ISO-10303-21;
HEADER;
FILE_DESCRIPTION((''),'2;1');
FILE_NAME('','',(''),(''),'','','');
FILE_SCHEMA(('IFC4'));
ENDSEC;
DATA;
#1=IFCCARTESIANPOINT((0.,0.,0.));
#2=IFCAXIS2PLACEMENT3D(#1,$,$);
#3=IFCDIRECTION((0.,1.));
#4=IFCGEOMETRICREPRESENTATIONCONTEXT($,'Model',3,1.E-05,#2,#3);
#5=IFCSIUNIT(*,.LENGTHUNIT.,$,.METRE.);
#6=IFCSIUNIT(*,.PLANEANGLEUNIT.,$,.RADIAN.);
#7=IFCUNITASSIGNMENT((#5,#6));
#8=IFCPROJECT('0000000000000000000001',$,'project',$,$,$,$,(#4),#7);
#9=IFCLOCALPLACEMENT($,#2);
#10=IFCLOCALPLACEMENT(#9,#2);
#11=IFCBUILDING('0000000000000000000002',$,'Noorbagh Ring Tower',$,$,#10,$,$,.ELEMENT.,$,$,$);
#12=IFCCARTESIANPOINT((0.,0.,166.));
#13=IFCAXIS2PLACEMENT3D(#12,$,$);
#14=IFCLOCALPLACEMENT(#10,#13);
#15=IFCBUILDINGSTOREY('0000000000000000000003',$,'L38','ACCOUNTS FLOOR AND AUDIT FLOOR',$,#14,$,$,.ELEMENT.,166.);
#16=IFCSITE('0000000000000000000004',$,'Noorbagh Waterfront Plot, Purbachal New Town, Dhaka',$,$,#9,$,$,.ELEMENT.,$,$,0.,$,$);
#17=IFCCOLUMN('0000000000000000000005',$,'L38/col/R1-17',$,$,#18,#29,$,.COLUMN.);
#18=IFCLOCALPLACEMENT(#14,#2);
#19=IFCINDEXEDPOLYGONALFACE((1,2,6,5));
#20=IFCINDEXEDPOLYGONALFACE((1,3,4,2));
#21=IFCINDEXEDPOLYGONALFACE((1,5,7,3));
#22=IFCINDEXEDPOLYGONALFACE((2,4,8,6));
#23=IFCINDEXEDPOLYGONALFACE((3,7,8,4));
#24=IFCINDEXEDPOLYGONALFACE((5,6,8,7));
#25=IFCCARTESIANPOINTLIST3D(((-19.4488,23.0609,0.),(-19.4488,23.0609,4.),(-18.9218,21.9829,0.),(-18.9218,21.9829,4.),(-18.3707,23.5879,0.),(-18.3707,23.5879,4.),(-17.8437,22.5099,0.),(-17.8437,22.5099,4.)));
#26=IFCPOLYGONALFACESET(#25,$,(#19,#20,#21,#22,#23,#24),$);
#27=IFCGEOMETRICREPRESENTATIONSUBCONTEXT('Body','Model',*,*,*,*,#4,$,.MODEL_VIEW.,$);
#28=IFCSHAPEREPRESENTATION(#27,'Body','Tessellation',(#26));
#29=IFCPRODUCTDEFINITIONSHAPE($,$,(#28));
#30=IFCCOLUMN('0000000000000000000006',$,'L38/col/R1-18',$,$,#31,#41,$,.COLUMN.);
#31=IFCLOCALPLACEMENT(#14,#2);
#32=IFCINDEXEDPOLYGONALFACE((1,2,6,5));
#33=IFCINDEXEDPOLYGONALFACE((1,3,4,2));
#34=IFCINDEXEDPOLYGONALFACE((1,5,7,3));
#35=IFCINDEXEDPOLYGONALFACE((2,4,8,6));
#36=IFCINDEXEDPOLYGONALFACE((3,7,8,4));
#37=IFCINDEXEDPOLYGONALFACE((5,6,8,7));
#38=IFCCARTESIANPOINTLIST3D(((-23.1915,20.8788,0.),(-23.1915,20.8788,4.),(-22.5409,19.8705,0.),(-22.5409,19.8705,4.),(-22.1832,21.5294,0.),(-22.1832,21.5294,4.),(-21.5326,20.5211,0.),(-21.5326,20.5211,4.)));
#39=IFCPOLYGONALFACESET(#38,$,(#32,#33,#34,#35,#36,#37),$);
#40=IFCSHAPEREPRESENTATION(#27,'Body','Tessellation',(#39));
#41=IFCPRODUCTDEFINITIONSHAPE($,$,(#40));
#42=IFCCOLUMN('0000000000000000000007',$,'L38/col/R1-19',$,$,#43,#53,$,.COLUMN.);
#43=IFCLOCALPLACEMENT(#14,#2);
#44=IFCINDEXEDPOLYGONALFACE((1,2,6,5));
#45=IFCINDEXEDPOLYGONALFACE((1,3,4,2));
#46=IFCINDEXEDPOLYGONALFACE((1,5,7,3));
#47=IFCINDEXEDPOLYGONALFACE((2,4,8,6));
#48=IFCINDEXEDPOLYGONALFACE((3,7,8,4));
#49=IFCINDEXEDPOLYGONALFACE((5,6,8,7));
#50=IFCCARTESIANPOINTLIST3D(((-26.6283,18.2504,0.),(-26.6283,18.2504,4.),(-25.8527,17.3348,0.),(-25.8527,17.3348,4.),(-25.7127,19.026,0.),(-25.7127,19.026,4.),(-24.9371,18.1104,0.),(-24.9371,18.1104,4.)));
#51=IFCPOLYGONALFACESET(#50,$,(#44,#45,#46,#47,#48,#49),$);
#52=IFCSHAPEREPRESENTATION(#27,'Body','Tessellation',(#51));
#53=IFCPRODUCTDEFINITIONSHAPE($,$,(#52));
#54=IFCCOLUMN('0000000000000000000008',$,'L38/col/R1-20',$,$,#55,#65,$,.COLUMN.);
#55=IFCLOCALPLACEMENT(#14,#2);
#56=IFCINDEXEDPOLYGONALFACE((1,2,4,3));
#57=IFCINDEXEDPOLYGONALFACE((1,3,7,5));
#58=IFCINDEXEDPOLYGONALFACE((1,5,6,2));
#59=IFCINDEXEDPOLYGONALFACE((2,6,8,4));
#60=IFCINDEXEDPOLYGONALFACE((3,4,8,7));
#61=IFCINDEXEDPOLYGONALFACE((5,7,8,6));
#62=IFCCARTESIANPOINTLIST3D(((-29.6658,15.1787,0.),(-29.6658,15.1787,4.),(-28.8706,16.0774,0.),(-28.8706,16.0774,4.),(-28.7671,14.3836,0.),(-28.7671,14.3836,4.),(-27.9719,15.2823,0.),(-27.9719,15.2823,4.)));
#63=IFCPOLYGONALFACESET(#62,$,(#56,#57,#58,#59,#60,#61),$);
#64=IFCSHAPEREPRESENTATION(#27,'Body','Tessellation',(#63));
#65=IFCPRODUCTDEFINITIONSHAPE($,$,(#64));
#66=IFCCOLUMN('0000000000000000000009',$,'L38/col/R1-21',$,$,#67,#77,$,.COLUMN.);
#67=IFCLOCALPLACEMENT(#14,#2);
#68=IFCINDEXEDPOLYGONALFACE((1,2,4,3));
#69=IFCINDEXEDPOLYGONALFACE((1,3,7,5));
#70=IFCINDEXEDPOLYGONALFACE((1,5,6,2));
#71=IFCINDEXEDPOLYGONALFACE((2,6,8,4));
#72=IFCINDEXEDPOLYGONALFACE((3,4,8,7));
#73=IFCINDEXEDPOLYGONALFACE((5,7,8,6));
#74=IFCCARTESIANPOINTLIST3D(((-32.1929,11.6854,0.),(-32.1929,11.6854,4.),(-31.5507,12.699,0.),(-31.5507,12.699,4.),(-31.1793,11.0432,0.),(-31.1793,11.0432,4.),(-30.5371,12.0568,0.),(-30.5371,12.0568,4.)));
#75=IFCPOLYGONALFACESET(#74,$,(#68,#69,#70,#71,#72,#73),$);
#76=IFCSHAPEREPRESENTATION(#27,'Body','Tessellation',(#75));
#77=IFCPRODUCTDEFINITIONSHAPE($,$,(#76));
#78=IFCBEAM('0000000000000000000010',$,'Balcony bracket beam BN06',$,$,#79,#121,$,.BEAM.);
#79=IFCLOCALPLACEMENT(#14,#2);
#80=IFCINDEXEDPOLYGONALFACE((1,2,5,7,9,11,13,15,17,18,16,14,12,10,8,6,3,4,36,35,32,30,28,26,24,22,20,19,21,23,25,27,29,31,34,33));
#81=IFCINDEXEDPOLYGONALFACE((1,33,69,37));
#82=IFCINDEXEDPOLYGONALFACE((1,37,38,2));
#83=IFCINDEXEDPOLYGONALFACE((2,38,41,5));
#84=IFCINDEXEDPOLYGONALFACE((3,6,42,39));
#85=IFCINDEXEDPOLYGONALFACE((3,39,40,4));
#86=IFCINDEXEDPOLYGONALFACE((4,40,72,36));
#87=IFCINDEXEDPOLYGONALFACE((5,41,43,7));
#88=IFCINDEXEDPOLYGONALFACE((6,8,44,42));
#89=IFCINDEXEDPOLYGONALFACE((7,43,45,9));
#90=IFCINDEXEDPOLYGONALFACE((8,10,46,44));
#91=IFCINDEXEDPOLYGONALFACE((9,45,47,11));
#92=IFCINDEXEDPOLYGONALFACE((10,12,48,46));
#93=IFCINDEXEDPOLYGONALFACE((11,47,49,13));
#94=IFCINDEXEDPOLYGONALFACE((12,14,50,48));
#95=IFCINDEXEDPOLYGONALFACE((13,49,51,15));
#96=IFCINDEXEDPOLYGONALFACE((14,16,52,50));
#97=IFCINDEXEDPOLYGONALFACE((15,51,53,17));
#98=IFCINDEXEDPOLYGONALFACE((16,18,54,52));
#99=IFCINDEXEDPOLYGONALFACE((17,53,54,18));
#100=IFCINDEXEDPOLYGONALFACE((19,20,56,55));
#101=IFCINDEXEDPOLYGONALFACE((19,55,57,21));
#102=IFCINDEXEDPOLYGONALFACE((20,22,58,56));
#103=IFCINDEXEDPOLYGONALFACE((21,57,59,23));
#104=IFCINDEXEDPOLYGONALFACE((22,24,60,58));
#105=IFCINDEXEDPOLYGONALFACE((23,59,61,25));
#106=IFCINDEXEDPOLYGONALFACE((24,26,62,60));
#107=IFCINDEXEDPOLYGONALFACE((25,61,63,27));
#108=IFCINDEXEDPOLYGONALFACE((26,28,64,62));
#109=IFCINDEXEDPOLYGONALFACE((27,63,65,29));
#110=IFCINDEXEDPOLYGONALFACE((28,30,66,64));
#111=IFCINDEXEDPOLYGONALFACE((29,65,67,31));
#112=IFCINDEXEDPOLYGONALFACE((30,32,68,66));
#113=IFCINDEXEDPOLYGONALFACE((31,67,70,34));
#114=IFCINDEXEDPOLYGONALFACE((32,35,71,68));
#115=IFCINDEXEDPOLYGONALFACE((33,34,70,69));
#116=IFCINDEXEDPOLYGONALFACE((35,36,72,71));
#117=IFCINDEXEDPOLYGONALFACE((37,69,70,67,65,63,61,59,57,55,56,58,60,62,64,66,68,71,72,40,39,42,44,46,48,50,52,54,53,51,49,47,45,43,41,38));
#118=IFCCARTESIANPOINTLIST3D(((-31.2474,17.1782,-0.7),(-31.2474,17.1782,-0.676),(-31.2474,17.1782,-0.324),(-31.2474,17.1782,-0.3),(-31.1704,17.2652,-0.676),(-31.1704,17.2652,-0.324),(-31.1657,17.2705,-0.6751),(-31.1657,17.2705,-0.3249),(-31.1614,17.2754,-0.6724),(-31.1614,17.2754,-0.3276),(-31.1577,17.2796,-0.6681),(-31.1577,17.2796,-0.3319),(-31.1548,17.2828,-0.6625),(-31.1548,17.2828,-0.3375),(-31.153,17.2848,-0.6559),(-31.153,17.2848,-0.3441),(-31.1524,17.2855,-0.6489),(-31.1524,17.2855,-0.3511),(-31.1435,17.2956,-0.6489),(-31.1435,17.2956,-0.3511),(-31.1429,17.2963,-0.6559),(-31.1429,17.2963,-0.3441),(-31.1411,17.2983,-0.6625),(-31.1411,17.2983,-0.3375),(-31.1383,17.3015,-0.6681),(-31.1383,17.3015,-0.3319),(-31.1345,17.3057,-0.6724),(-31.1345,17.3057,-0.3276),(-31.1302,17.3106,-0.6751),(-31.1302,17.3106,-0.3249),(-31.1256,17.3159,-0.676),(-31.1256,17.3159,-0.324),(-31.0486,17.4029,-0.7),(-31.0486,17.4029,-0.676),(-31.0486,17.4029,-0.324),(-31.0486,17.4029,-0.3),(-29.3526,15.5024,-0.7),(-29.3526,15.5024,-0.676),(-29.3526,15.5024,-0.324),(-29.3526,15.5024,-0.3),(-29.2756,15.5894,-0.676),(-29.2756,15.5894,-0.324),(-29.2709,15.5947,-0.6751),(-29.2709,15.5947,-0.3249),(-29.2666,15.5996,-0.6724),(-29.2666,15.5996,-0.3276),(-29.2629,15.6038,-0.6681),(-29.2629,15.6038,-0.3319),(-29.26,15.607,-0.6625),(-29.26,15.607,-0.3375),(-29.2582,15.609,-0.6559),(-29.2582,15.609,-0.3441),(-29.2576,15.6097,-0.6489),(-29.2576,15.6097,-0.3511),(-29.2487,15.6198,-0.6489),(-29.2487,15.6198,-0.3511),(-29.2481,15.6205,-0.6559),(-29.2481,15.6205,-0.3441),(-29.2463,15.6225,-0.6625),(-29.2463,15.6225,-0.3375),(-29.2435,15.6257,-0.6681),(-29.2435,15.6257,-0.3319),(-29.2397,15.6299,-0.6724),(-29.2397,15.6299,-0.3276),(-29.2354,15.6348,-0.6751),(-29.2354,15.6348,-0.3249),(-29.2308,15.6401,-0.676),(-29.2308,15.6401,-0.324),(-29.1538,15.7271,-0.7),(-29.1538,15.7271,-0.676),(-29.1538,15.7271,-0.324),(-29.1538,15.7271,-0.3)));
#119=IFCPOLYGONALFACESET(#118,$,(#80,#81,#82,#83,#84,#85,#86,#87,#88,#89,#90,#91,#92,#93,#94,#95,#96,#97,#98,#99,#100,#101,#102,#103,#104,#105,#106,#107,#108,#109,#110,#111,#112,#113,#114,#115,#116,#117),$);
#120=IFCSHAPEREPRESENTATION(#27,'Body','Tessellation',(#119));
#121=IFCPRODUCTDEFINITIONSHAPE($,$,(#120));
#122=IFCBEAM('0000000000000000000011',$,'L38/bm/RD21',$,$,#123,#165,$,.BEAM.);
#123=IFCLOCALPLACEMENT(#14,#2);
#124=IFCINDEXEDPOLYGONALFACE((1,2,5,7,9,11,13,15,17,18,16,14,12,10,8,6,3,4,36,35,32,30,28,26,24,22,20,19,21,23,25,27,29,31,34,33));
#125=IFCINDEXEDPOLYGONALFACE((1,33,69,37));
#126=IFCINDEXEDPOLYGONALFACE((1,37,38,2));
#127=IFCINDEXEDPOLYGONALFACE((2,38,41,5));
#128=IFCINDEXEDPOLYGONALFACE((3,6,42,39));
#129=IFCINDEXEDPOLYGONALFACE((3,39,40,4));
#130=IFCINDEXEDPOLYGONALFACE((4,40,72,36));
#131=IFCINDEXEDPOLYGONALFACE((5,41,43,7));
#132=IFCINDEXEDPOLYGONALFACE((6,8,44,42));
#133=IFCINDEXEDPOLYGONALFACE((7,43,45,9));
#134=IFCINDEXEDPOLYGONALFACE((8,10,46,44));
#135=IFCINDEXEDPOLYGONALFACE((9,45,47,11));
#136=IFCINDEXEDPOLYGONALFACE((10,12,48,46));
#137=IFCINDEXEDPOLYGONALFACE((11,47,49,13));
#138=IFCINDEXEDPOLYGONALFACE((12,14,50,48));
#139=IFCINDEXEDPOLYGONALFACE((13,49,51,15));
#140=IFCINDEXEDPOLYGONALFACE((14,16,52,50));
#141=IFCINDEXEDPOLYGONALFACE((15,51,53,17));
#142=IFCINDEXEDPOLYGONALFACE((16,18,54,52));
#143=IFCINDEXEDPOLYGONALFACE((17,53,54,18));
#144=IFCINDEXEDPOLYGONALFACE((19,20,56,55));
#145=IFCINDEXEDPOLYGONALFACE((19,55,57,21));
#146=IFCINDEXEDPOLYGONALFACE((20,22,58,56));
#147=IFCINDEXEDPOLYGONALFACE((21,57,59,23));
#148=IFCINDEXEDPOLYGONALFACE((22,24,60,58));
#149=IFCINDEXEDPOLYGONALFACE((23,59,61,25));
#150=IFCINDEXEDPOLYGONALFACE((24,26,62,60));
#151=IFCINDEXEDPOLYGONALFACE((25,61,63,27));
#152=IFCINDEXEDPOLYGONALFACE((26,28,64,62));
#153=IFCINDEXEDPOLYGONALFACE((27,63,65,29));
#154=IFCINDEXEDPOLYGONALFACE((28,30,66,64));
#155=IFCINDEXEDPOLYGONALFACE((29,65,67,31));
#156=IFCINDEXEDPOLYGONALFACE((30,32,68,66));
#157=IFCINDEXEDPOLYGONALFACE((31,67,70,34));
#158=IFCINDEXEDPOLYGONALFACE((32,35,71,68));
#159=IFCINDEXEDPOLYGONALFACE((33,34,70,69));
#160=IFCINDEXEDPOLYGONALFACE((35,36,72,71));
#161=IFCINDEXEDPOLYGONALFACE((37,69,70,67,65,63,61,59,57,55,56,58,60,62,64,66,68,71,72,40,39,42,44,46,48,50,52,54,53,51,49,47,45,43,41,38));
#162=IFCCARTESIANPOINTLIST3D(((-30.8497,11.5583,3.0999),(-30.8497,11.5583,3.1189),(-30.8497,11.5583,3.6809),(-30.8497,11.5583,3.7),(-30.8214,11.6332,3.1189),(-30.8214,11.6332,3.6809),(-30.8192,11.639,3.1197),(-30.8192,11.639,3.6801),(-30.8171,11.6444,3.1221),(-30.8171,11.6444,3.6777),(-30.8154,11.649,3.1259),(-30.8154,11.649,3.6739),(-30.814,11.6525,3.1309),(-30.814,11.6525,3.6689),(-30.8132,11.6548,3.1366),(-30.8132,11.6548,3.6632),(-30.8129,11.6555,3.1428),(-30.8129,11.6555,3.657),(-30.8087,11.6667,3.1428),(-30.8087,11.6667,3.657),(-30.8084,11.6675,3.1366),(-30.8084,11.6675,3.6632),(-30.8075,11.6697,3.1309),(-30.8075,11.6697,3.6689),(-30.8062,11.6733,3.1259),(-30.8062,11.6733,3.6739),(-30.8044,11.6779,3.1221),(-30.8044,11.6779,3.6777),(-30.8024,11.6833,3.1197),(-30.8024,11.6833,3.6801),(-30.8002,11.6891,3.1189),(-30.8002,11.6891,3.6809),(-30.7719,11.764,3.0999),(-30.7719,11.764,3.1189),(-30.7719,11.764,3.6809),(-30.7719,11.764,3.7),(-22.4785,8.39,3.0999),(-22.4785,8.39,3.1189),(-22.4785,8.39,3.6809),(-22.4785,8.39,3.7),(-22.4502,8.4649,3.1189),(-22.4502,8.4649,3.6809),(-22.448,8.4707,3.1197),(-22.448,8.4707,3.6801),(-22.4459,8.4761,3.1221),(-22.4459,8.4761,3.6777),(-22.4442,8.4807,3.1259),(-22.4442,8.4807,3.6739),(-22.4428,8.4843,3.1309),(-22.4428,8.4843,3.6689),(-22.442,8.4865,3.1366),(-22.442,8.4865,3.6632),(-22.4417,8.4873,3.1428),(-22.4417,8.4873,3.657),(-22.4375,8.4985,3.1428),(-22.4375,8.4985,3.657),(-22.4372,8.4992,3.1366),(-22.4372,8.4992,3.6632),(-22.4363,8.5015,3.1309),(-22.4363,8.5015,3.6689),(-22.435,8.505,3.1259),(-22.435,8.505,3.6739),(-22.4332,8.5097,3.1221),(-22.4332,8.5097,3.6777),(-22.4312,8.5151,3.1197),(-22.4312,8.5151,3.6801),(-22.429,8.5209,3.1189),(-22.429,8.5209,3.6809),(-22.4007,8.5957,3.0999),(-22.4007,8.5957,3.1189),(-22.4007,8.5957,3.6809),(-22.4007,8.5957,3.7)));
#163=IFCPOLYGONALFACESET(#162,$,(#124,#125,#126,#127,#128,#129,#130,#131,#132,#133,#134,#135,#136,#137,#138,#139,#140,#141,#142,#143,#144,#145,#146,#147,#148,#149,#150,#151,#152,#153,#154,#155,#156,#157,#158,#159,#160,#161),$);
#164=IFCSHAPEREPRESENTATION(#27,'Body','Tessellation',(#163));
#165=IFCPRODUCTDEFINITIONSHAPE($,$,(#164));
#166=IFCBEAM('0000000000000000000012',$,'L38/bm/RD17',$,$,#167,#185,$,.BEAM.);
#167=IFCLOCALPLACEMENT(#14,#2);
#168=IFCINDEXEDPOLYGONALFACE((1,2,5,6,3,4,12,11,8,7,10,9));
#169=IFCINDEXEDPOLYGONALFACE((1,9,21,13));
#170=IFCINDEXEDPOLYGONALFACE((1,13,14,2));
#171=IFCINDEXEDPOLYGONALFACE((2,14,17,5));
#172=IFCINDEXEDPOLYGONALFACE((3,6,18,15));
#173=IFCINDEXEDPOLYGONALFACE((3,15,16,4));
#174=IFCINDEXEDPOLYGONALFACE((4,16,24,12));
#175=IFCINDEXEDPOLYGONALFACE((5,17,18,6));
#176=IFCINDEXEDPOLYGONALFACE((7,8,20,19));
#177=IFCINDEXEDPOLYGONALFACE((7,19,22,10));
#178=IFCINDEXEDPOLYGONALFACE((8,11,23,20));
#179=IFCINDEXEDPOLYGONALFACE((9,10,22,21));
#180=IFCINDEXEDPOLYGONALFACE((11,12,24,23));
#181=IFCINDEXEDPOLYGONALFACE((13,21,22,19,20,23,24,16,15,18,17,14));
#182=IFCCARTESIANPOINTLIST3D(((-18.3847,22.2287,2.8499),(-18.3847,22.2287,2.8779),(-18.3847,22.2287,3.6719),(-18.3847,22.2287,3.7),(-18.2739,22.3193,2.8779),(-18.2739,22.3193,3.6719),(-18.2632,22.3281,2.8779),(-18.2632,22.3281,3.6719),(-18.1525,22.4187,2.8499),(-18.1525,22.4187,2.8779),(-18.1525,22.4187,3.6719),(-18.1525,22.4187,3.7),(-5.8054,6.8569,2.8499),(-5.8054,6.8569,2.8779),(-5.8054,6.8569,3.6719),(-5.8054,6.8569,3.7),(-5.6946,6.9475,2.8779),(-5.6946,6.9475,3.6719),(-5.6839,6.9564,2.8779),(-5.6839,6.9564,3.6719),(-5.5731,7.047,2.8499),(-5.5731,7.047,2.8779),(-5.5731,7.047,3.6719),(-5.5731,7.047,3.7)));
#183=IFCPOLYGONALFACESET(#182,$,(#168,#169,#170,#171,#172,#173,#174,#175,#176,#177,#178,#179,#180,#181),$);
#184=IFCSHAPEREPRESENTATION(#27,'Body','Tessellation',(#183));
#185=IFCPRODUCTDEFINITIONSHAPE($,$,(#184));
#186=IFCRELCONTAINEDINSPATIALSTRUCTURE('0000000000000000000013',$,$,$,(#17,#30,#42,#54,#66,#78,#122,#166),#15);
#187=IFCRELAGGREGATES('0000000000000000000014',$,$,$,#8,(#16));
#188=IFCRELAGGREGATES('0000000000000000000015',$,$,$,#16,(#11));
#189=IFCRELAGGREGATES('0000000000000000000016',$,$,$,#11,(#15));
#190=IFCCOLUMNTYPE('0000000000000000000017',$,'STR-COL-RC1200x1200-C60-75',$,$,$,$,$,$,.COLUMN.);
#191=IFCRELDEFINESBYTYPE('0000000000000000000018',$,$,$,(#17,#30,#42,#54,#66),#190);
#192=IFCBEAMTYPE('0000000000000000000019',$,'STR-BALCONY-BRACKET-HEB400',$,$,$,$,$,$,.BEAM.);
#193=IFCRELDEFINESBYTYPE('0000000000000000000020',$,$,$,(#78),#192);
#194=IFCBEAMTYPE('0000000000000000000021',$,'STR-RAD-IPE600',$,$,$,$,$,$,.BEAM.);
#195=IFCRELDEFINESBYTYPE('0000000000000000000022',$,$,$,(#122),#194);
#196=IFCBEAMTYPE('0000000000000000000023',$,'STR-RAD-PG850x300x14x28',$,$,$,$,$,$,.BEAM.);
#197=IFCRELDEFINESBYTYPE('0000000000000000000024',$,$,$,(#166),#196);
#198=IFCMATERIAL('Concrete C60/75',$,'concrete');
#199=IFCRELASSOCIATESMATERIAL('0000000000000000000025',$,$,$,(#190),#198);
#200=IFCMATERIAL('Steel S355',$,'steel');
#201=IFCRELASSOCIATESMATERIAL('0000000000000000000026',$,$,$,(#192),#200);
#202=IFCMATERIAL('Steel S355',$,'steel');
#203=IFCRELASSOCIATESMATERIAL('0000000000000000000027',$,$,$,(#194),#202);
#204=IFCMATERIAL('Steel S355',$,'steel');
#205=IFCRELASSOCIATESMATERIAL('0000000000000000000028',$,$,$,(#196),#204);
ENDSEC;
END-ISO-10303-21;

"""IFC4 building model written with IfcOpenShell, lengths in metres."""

from ifc_helpers import new_model, si_unit, direction, frame, origin, origin_2d, place, context, subcontext, project, spatial, rectangle, i_section, extrude, material, material_profile, profile_set, type_object, element, save


model = new_model("IFC4")

# Units and contexts
model_context = context("Model", 3, precision=1e-05, world=origin(), true_north=direction((0.0, 1.0)))
body_context = subcontext(model_context, "Body", "Model", "MODEL_VIEW")
ifc_project = project(units=[si_unit("LENGTHUNIT", "METRE"), si_unit("PLANEANGLEUNIT", "RADIAN")], contexts=[model_context])

# Site, building, storey
site_placement = place(None, origin())
site = spatial("IfcSite", under=ifc_project, at=site_placement, Name="Noorbagh Waterfront Plot, Purbachal New Town, Dhaka", CompositionType="ELEMENT", RefElevation=0.0)
building_placement = place(site_placement, origin())
building = spatial("IfcBuilding", under=site, at=building_placement, Name="Noorbagh Ring Tower", CompositionType="ELEMENT")
storey_placement = place(building_placement, frame((0.0, 0.0, 166.0)))
storey = spatial("IfcBuildingStorey", under=building, at=storey_placement, Name="L38", Description="ACCOUNTS FLOOR AND AUDIT FLOOR", CompositionType="ELEMENT", Elevation=166.0)

# Columns
ifc_material_1 = material(Name="Concrete C60/75", Category="concrete")
ifc_material_profile_1 = material_profile(ifc_material_1, rectangle(XDim=1.2, YDim=1.2, at=origin_2d()), Name="RC1200x1200")
ifc_profile_set_1 = profile_set([ifc_material_profile_1], Name="Concrete C60/75")
column_type = type_object("IfcColumnType", Name="STR-COL-RC1200x1200-C60-75", PredefinedType="COLUMN", material=ifc_profile_set_1)
for number, where, z_axis, x_axis, name in (
    (1, (-18.6462, 22.7854, 0.0), (0.0, 0.0, 1.0), (-0.898399, -0.43918, 0.0), "L38/col/R1-17"),
    (2, (-22.3621, 20.7, 0.0), (0.0, 0.0, 1.0), (-0.840248, -0.542203, 0.0), "L38/col/R1-18"),
    (3, (-25.7827, 18.1804, 0.0), (0.0, 0.0, 1.0), (-0.763035, -0.646357, 0.0), "L38/col/R1-19"),
    (4, (-28.8188, 15.2305, 0.0), (0.0, 0.0, 1.0), (-0.662636, -0.748942, 0.0), "L38/col/R1-20"),
    (5, (-31.365, 11.8711, 0.0), (0.0, 0.0, 1.0), (-0.53519, -0.844731, 0.0), "L38/col/R1-21"),
):
    element("IfcColumn", number, at=place(storey_placement, frame(where, z_axis=z_axis, x_axis=x_axis)), inside=storey, type_object=column_type, Name=name, PredefinedType="COLUMN", context=body_context, shape_type="SweptSolid", body=[
        extrude(rectangle(XDim=1.2, YDim=1.2, at=origin_2d()), origin(), (0.0, 0.0, 1.0), 4.0),
    ])

# Beams
ifc_material_2 = material(Name="Steel S355", Category="steel")
ifc_material_profile_2 = material_profile(ifc_material_2, i_section(OverallWidth=0.3, OverallDepth=0.3999, WebThickness=0.0134, FlangeThickness=0.0239, FilletRadius=0.0271, at=origin_2d()), Name="HEB400")
ifc_profile_set_2 = profile_set([ifc_material_profile_2], Name="Steel S355")
beam_type_1 = type_object("IfcBeamType", Name="STR-BALCONY-BRACKET-HEB400", PredefinedType="BEAM", material=ifc_profile_set_2)
beam_1_placement = place(storey_placement, frame((-29.2532, 15.6147, -0.5), z_axis=(-0.749068, 0.662493, 0.0), x_axis=(-0.662493, -0.749068, 0.0)))
element("IfcBeam", 6, at=beam_1_placement, inside=storey, type_object=beam_type_1, Name="Balcony bracket beam BN06", PredefinedType="BEAM", context=body_context, shape_type="SweptSolid", body=[
    extrude(i_section(OverallWidth=0.3, OverallDepth=0.3999, WebThickness=0.0134, FlangeThickness=0.0239, FilletRadius=0.0271, at=origin_2d()), origin(), (0.0, 0.0, 1.0), 2.5295),
])
ifc_material_3 = material(Name="Steel S355", Category="steel")
ifc_material_profile_3 = material_profile(ifc_material_3, i_section(OverallWidth=0.22, OverallDepth=0.6001, WebThickness=0.012, FlangeThickness=0.019, FilletRadius=0.0239, at=origin_2d()), Name="IPE600")
ifc_profile_set_3 = profile_set([ifc_material_profile_3], Name="Steel S355")
beam_type_2 = type_object("IfcBeamType", Name="STR-RAD-IPE600", PredefinedType="BEAM", material=ifc_profile_set_3)
beam_2_placement = place(storey_placement, frame((-30.8108, 11.6611, 3.3999), z_axis=(0.935258, -0.353968, 0.0), x_axis=(0.353968, 0.935258, 0.0)))
element("IfcBeam", 7, at=beam_2_placement, inside=storey, type_object=beam_type_2, Name="L38/bm/RD21", PredefinedType="BEAM", context=body_context, shape_type="SweptSolid", body=[
    extrude(i_section(OverallWidth=0.22, OverallDepth=0.6001, WebThickness=0.012, FlangeThickness=0.019, FilletRadius=0.0239, at=origin_2d()), origin(), (0.0, 0.0, 1.0), 8.9507),
])
ifc_material_4 = material(Name="Steel S355", Category="steel")
ifc_material_profile_4 = material_profile(ifc_material_4, i_section(OverallWidth=0.3, OverallDepth=0.8501, WebThickness=0.0139, FlangeThickness=0.0281, at=origin_2d()), Name="PG850x300x14x28")
ifc_profile_set_4 = profile_set([ifc_material_profile_4], Name="Steel S355")
beam_type_3 = type_object("IfcBeamType", Name="STR-RAD-PG850x300x14x28", PredefinedType="BEAM", material=ifc_profile_set_4)
beam_3_placement = place(storey_placement, frame((-18.2686, 22.3237, 3.2749), z_axis=(0.63331, -0.773898, 0.0), x_axis=(0.773898, 0.63331, 0.0)))
element("IfcBeam", 8, at=beam_3_placement, inside=storey, type_object=beam_type_3, Name="L38/bm/RD17", PredefinedType="BEAM", context=body_context, shape_type="SweptSolid", body=[
    extrude(i_section(OverallWidth=0.3, OverallDepth=0.8501, WebThickness=0.0139, FlangeThickness=0.0281, at=origin_2d()), origin(), (0.0, 0.0, 1.0), 19.8628),
])

save(model, "model.ifc")
